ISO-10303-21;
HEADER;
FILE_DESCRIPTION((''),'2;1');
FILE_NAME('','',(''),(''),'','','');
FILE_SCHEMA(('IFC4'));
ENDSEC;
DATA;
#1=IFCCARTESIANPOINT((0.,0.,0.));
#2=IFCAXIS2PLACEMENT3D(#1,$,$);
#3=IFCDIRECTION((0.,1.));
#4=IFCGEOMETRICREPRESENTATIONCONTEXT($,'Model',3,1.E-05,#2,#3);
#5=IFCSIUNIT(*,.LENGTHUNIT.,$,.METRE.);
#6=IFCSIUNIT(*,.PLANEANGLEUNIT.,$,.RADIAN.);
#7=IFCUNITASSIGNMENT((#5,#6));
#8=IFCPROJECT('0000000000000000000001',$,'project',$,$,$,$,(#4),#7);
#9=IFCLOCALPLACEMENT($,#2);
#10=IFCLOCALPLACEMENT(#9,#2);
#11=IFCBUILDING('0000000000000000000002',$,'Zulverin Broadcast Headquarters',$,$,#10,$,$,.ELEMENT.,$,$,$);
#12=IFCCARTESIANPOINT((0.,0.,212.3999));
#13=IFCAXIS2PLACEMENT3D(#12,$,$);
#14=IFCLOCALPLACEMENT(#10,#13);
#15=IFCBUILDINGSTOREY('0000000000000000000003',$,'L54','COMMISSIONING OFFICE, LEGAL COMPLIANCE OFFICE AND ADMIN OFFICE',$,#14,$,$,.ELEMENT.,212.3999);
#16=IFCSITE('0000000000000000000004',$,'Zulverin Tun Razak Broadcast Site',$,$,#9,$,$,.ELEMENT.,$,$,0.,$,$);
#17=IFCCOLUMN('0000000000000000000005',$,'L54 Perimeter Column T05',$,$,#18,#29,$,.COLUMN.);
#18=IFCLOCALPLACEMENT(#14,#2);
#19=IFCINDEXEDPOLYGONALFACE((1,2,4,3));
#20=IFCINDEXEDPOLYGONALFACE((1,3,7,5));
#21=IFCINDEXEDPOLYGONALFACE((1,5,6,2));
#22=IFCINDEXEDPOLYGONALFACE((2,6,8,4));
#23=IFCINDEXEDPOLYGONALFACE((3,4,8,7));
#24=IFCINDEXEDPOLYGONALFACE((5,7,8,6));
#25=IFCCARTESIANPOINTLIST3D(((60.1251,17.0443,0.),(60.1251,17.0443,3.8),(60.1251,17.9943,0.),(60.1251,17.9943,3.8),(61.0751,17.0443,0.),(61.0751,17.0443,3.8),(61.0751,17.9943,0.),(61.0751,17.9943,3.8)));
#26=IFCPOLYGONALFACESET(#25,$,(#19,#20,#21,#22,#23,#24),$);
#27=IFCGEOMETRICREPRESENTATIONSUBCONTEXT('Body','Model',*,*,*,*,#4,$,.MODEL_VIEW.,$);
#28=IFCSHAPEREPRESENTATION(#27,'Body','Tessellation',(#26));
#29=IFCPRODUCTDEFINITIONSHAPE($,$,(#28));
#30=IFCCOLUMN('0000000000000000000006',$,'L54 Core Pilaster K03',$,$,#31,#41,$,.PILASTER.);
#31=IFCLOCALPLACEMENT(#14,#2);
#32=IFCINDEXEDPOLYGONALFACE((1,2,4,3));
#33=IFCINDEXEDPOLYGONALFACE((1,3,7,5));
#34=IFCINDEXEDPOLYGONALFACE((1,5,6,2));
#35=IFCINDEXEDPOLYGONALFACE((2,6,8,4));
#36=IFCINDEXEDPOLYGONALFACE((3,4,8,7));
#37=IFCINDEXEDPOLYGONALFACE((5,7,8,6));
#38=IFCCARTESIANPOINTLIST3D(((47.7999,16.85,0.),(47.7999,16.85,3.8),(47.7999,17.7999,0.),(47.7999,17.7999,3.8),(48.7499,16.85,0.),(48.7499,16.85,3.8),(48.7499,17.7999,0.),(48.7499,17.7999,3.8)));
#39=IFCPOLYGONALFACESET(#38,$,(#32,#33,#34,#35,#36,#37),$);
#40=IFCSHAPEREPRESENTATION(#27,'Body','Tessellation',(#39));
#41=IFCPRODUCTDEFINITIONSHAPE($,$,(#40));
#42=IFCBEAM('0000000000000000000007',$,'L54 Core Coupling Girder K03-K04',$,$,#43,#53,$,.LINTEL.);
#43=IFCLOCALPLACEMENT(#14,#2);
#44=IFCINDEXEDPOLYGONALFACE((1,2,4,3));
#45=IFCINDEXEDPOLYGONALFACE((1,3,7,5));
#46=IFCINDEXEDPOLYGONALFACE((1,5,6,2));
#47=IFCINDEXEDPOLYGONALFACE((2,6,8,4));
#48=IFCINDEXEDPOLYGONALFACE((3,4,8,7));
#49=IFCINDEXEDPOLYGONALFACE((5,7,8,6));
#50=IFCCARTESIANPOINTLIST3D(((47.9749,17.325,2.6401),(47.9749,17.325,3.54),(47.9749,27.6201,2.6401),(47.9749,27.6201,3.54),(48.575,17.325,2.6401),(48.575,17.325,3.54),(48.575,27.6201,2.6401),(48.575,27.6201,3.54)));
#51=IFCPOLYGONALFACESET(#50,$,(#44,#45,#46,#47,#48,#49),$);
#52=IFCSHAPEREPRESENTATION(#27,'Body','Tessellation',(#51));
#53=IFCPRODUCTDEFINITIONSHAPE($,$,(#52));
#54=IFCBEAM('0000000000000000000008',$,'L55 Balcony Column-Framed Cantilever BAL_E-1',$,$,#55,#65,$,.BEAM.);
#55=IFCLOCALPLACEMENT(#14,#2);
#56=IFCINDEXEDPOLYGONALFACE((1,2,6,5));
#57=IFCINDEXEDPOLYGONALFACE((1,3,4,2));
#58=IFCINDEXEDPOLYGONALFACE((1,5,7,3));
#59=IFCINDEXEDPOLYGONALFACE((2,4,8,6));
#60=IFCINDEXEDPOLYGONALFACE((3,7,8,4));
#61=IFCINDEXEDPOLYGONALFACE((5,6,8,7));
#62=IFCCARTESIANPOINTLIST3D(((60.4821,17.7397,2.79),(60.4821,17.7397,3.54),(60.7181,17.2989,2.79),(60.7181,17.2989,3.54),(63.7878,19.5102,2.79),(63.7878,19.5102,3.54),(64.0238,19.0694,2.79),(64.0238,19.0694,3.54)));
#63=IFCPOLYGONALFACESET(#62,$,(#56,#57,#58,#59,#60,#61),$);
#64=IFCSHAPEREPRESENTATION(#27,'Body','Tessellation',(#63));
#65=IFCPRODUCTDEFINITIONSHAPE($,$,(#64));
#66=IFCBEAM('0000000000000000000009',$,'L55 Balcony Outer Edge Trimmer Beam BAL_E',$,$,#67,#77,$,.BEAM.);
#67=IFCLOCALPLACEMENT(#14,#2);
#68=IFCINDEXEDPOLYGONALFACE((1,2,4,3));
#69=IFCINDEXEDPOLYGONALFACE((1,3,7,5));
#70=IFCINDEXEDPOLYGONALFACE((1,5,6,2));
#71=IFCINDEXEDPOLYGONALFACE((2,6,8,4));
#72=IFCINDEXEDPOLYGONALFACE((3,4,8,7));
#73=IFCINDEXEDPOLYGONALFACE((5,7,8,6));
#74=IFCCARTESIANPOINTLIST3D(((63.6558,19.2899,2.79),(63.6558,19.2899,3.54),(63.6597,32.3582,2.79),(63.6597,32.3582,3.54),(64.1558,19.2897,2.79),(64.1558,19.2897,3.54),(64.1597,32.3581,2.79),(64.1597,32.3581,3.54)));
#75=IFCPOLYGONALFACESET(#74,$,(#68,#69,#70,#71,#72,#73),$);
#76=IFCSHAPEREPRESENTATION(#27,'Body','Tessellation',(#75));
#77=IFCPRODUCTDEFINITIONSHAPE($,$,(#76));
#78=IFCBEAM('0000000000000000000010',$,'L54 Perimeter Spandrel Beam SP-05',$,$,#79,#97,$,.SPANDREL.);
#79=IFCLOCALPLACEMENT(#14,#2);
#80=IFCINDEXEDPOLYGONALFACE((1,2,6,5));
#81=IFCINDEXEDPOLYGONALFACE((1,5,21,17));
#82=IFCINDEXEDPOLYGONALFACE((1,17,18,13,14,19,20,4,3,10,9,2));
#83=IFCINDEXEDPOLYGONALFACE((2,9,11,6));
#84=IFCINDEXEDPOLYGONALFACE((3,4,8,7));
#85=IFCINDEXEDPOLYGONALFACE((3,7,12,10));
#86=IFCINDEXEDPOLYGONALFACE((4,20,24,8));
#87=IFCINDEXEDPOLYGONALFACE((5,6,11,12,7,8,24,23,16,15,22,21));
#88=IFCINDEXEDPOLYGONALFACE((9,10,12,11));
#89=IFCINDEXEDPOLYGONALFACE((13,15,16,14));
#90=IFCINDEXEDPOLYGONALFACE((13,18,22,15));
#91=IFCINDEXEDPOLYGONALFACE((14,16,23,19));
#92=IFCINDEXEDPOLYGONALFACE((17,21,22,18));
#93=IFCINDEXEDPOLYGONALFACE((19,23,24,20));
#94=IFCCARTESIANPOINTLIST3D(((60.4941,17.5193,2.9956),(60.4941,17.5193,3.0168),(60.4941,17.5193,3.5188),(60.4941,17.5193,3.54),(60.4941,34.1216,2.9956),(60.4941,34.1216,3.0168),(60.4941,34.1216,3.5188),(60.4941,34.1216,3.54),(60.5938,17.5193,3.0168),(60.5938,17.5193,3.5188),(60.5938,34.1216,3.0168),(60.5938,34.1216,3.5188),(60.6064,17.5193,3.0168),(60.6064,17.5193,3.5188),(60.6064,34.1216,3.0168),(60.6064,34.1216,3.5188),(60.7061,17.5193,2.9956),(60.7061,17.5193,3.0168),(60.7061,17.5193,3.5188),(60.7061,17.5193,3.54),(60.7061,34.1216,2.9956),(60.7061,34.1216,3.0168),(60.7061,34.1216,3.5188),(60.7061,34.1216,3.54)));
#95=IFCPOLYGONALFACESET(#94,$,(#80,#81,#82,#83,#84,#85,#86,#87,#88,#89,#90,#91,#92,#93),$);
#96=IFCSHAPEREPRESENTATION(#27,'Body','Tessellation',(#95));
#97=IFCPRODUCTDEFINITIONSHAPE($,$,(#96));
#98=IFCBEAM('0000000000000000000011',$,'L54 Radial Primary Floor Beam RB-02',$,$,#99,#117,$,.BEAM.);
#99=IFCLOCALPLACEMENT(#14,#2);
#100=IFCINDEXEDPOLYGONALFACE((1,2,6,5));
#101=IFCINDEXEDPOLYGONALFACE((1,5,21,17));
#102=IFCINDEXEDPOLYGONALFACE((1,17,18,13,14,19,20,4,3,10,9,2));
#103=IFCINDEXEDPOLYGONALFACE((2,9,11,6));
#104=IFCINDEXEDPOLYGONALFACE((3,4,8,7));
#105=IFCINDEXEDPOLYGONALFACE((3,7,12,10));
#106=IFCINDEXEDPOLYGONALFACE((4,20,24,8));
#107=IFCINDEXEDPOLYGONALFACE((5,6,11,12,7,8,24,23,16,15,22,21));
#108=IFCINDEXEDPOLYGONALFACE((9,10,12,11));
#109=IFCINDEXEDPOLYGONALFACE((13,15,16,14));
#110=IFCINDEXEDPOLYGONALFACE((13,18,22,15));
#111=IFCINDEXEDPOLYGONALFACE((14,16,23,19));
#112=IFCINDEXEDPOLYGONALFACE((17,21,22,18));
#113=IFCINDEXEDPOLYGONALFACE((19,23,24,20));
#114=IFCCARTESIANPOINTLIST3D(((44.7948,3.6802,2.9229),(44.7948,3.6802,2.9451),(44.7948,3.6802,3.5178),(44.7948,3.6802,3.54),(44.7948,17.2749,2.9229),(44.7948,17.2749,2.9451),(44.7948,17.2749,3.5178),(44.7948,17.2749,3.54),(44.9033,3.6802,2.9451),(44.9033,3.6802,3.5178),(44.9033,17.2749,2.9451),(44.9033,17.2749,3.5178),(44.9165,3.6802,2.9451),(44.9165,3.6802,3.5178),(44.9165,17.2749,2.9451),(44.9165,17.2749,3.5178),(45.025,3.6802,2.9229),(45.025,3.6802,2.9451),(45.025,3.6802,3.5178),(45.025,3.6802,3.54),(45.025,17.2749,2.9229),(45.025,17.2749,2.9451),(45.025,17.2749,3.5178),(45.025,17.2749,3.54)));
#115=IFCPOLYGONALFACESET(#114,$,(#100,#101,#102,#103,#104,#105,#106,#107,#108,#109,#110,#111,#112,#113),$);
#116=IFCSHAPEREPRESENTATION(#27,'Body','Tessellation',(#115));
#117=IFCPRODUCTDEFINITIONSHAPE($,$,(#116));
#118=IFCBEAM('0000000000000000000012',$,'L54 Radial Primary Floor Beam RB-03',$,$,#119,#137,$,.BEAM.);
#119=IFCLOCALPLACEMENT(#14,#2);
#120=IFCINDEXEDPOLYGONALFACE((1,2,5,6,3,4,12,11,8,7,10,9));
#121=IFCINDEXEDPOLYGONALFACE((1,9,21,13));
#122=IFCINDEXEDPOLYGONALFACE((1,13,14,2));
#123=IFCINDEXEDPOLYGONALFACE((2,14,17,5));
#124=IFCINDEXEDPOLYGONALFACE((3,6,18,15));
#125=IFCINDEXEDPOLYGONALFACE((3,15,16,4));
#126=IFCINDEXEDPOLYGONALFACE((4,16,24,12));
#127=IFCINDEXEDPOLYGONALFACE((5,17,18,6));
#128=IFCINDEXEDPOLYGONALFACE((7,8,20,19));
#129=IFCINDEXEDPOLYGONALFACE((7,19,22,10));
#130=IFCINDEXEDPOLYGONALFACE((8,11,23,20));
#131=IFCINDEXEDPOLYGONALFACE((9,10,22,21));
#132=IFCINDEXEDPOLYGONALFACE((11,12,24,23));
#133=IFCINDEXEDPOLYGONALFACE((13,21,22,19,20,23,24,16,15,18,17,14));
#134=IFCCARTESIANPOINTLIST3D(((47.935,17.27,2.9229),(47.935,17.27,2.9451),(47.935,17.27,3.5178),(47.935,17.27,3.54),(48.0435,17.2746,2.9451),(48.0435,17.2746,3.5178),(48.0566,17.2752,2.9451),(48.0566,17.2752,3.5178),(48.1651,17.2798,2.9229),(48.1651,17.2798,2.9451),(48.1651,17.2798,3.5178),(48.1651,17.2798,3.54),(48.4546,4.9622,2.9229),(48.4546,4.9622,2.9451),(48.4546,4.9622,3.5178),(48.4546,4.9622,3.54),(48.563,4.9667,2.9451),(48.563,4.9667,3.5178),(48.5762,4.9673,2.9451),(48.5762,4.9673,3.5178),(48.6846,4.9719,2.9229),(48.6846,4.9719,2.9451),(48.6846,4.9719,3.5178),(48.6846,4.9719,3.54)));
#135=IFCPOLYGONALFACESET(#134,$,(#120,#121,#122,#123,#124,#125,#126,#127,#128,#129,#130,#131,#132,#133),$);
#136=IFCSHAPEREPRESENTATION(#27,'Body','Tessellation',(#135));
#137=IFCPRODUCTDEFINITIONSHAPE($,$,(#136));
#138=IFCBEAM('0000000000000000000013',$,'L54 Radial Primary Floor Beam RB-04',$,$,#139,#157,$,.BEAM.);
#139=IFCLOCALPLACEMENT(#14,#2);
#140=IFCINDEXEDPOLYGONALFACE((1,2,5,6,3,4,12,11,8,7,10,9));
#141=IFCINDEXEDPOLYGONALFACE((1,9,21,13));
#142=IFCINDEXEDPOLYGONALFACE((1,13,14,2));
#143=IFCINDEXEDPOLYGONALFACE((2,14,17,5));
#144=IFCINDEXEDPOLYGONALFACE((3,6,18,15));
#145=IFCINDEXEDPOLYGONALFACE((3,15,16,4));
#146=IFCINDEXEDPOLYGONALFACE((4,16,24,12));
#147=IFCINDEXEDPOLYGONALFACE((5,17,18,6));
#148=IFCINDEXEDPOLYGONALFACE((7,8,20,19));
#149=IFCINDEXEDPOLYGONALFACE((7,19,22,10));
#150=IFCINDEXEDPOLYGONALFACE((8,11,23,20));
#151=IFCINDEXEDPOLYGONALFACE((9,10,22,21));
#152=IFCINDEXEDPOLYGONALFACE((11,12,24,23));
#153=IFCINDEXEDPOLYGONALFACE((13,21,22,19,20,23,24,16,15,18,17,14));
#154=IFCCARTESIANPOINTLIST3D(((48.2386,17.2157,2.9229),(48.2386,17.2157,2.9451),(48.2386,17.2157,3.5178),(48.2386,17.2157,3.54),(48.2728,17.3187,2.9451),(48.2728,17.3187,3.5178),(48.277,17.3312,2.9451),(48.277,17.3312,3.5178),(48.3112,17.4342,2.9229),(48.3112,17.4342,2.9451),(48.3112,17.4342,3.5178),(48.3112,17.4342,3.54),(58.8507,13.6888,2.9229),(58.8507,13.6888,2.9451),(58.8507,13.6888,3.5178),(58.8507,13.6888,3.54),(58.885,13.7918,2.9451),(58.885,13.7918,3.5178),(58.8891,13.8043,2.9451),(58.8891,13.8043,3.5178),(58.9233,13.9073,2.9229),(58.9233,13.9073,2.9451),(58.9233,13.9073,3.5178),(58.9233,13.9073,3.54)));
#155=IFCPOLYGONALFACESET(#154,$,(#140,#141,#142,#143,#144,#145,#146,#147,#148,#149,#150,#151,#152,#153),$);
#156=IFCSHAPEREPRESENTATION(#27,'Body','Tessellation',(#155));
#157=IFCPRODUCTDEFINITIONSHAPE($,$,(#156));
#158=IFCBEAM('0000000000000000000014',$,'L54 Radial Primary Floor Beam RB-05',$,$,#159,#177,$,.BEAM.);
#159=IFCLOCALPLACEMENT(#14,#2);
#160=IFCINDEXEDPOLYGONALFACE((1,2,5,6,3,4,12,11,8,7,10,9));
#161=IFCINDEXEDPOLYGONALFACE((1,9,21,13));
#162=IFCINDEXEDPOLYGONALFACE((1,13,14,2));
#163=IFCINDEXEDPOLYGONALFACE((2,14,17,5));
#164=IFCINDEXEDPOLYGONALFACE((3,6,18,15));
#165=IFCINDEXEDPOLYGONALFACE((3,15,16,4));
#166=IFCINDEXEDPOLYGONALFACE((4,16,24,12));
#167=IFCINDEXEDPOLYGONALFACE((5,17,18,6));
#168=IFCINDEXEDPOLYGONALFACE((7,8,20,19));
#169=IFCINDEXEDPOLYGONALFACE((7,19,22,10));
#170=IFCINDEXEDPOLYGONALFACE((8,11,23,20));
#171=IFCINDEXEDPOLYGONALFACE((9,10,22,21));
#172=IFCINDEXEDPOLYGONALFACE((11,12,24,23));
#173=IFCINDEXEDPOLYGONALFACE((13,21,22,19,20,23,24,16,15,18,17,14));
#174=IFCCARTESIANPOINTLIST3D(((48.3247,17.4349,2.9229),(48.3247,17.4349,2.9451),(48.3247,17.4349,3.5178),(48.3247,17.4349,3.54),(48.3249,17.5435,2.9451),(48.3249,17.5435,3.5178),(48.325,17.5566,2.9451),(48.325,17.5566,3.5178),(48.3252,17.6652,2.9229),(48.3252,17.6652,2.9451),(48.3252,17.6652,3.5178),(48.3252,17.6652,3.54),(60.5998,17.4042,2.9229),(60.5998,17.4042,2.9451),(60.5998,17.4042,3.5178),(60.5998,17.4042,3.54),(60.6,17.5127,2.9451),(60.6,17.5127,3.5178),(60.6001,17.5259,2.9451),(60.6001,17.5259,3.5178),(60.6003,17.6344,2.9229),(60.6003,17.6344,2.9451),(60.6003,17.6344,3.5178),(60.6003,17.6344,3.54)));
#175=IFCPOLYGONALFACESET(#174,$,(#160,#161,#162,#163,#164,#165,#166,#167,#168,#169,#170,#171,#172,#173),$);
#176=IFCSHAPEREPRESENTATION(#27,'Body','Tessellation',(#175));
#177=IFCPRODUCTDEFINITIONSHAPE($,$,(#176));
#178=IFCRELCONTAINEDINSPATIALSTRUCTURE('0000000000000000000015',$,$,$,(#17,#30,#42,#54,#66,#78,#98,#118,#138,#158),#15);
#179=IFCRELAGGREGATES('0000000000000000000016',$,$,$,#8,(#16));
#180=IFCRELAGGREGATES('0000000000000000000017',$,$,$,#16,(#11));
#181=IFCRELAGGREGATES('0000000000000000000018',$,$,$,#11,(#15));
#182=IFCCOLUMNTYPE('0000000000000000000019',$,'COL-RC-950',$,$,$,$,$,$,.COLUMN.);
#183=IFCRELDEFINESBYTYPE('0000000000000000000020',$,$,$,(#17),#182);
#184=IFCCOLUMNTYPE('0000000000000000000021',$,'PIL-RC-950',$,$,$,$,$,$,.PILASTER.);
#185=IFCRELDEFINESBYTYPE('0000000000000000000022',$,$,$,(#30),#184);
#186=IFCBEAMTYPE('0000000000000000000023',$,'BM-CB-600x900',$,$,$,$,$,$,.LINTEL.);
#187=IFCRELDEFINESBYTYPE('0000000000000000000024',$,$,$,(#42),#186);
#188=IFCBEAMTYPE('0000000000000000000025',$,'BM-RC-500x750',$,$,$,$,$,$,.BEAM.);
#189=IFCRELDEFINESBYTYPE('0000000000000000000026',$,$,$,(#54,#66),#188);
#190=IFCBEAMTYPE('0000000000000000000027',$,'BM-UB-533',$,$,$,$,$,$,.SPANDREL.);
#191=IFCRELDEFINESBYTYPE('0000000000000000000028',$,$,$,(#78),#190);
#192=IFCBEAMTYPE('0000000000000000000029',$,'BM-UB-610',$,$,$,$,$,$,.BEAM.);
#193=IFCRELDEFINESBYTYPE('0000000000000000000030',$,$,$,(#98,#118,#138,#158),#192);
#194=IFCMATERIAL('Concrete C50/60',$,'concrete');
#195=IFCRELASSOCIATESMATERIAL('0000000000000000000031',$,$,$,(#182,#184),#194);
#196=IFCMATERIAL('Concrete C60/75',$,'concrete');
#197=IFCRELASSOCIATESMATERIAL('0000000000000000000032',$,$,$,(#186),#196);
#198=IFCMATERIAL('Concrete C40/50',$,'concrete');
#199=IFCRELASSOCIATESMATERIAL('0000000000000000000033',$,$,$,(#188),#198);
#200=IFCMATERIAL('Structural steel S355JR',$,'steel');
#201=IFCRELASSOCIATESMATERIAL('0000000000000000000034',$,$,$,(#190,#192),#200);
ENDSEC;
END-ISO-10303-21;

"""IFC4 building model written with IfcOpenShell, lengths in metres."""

from ifc_helpers import new_model, si_unit, direction, frame, origin, origin_2d, place, context, subcontext, project, spatial, rectangle, i_section, extrude, material, material_profile, profile_set, type_object, element, save


model = new_model("IFC4")

# Units and contexts
model_context = context("Model", 3, precision=1e-05, world=origin(), true_north=direction((0.0, 1.0)))
body_context = subcontext(model_context, "Body", "Model", "MODEL_VIEW")
ifc_project = project(units=[si_unit("LENGTHUNIT", "METRE"), si_unit("PLANEANGLEUNIT", "RADIAN")], contexts=[model_context])

# Site, building, storey
site_placement = place(None, origin())
site = spatial("IfcSite", under=ifc_project, at=site_placement, Name="Zulverin Tun Razak Broadcast Site", CompositionType="ELEMENT", RefElevation=0.0)
building_placement = place(site_placement, origin())
building = spatial("IfcBuilding", under=site, at=building_placement, Name="Zulverin Broadcast Headquarters", CompositionType="ELEMENT")
storey_placement = place(building_placement, frame((0.0, 0.0, 212.3999)))
storey = spatial("IfcBuildingStorey", under=building, at=storey_placement, Name="L54", Description="COMMISSIONING OFFICE, LEGAL COMPLIANCE OFFICE AND ADMIN OFFICE", CompositionType="ELEMENT", Elevation=212.3999)

# Columns
ifc_material_1 = material(Name="Concrete C50/60", Category="concrete")
ifc_material_profile_1 = material_profile(ifc_material_1, rectangle(XDim=0.95, YDim=0.95, at=origin_2d()), Name="Concrete C50/60", Category="concrete")
ifc_profile_set_1 = profile_set([ifc_material_profile_1], Name="Concrete C50/60")
column_type_1 = type_object("IfcColumnType", Name="COL-RC-950", PredefinedType="COLUMN", material=ifc_profile_set_1)
column_1_placement = place(storey_placement, frame((60.6001, 17.5193, 0.0), z_axis=(0.0, 0.0, 1.0), x_axis=(1.0, 0.0, 0.0)))
element("IfcColumn", 1, at=column_1_placement, inside=storey, type_object=column_type_1, Name="L54 Perimeter Column T05", PredefinedType="COLUMN", context=body_context, shape_type="SweptSolid", body=[
    extrude(rectangle(XDim=0.95, YDim=0.95, at=origin_2d()), origin(), (0.0, 0.0, 1.0), 3.8),
])
ifc_material_profile_2 = material_profile(ifc_material_1, rectangle(XDim=0.95, YDim=0.95, at=origin_2d()), Name="Concrete C50/60", Category="concrete")
ifc_profile_set_2 = profile_set([ifc_material_profile_2], Name="Concrete C50/60")
column_type_2 = type_object("IfcColumnType", Name="PIL-RC-950", PredefinedType="PILASTER", material=ifc_profile_set_2)
column_2_placement = place(storey_placement, frame((48.2749, 17.325, 0.0), z_axis=(0.0, 0.0, 1.0), x_axis=(1.0, 0.0, 0.0)))
element("IfcColumn", 2, at=column_2_placement, inside=storey, type_object=column_type_2, Name="L54 Core Pilaster K03", PredefinedType="PILASTER", context=body_context, shape_type="SweptSolid", body=[
    extrude(rectangle(XDim=0.95, YDim=0.95, at=origin_2d()), origin(), (0.0, 0.0, 1.0), 3.8),
])

# Beams
ifc_material_2 = material(Name="Concrete C60/75", Category="concrete")
ifc_material_profile_3 = material_profile(ifc_material_2, rectangle(XDim=0.6001, YDim=0.8999, at=origin_2d()), Name="Concrete C60/75", Category="concrete")
ifc_profile_set_3 = profile_set([ifc_material_profile_3], Name="Concrete C60/75")
beam_type_1 = type_object("IfcBeamType", Name="BM-CB-600x900", PredefinedType="LINTEL", material=ifc_profile_set_3)
beam_1_placement = place(storey_placement, frame((48.2749, 17.325, 3.0901), z_axis=(0.0, 1.0, 0.0), x_axis=(-1.0, 0.0, 0.0)))
element("IfcBeam", 3, at=beam_1_placement, inside=storey, type_object=beam_type_1, Name="L54 Core Coupling Girder K03-K04", PredefinedType="LINTEL", context=body_context, shape_type="SweptSolid", body=[
    extrude(rectangle(XDim=0.6001, YDim=0.8999, at=origin_2d()), origin(), (0.0, 0.0, 1.0), 10.2952),
])
ifc_material_3 = material(Name="Concrete C40/50", Category="concrete")
ifc_material_profile_4 = material_profile(ifc_material_3, rectangle(XDim=0.5, YDim=0.75, at=origin_2d()), Name="Concrete C40/50", Category="concrete")
ifc_profile_set_4 = profile_set([ifc_material_profile_4], Name="Concrete C40/50")
beam_type_2 = type_object("IfcBeamType", Name="BM-RC-500x750", PredefinedType="BEAM", material=ifc_profile_set_4)
beam_2_placement = place(storey_placement, frame((60.6001, 17.5193, 3.165), z_axis=(0.881523, 0.472142, 0.0), x_axis=(-0.472142, 0.881523, 0.0)))
element("IfcBeam", 4, at=beam_2_placement, inside=storey, type_object=beam_type_2, Name="L55 Balcony Column-Framed Cantilever BAL_E-1", PredefinedType="BEAM", context=body_context, shape_type="SweptSolid", body=[
    extrude(rectangle(XDim=0.5, YDim=0.75, at=origin_2d()), origin(), (0.0, 0.0, 1.0), 3.75),
])
beam_3_placement = place(storey_placement, frame((63.9058, 19.2898, 3.165), z_axis=(0.000299, 1.0, 0.0), x_axis=(-1.0, 0.000299, 0.0)))
element("IfcBeam", 5, at=beam_3_placement, inside=storey, type_object=beam_type_2, Name="L55 Balcony Outer Edge Trimmer Beam BAL_E", PredefinedType="BEAM", context=body_context, shape_type="SweptSolid", body=[
    extrude(rectangle(XDim=0.5, YDim=0.75, at=origin_2d()), origin(), (0.0, 0.0, 1.0), 13.0684),
])
ifc_material_4 = material(Name="Structural steel S355JR", Category="steel")
ifc_material_profile_5 = material_profile(ifc_material_4, i_section(OverallWidth=0.2119, OverallDepth=0.5444, WebThickness=0.0127, FlangeThickness=0.0212, at=origin_2d()), Name="Structural steel S355JR", Category="steel")
ifc_profile_set_5 = profile_set([ifc_material_profile_5], Name="Structural steel S355JR")
beam_type_3 = type_object("IfcBeamType", Name="BM-UB-533", PredefinedType="SPANDREL", material=ifc_profile_set_5)
beam_4_placement = place(storey_placement, frame((60.6001, 17.5193, 3.2678), z_axis=(0.0, 1.0, 0.0), x_axis=(-1.0, 0.0, 0.0)))
element("IfcBeam", 6, at=beam_4_placement, inside=storey, type_object=beam_type_3, Name="L54 Perimeter Spandrel Beam SP-05", PredefinedType="SPANDREL", context=body_context, shape_type="SweptSolid", body=[
    extrude(i_section(OverallWidth=0.2119, OverallDepth=0.5444, WebThickness=0.0127, FlangeThickness=0.0212, at=origin_2d()), origin(), (0.0, 0.0, 1.0), 16.6023),
])
ifc_material_profile_6 = material_profile(ifc_material_4, i_section(OverallWidth=0.2302, OverallDepth=0.6172, WebThickness=0.0132, FlangeThickness=0.0222, at=origin_2d()), Name="Structural steel S355JR", Category="steel")
ifc_profile_set_6 = profile_set([ifc_material_profile_6], Name="Structural steel S355JR")
beam_type_4 = type_object("IfcBeamType", Name="BM-UB-610", PredefinedType="BEAM", material=ifc_profile_set_6)
beam_5_placement = place(storey_placement, frame((44.9099, 17.2749, 3.2314), z_axis=(0.0, -1.0, 0.0), x_axis=(1.0, 0.0, 0.0)))
element("IfcBeam", 7, at=beam_5_placement, inside=storey, type_object=beam_type_4, Name="L54 Radial Primary Floor Beam RB-02", PredefinedType="BEAM", context=body_context, shape_type="SweptSolid", body=[
    extrude(i_section(OverallWidth=0.2302, OverallDepth=0.6172, WebThickness=0.0132, FlangeThickness=0.0222, at=origin_2d()), origin(), (0.0, 0.0, 1.0), 13.5947),
])
beam_6_placement = place(storey_placement, frame((48.05, 17.2749, 3.2314), z_axis=(0.042174, -0.99911, 0.0), x_axis=(0.99911, 0.042174, 0.0)))
element("IfcBeam", 8, at=beam_6_placement, inside=storey, type_object=beam_type_4, Name="L54 Radial Primary Floor Beam RB-03", PredefinedType="BEAM", context=body_context, shape_type="SweptSolid", body=[
    extrude(i_section(OverallWidth=0.2302, OverallDepth=0.6172, WebThickness=0.0132, FlangeThickness=0.0222, at=origin_2d()), origin(), (0.0, 0.0, 1.0), 12.3188),
])
beam_7_placement = place(storey_placement, frame((48.2749, 17.325, 3.2314), z_axis=(0.948965, -0.315383, 0.0), x_axis=(0.315383, 0.948965, 0.0)))
element("IfcBeam", 9, at=beam_7_placement, inside=storey, type_object=beam_type_4, Name="L54 Radial Primary Floor Beam RB-04", PredefinedType="BEAM", context=body_context, shape_type="SweptSolid", body=[
    extrude(i_section(OverallWidth=0.2302, OverallDepth=0.6172, WebThickness=0.0132, FlangeThickness=0.0222, at=origin_2d()), origin(), (0.0, 0.0, 1.0), 11.1829),
])
beam_8_placement = place(storey_placement, frame((48.325, 17.55, 3.2314), z_axis=(0.999997, -0.002506, 0.0), x_axis=(0.002506, 0.999997, 0.0)))
element("IfcBeam", 10, at=beam_8_placement, inside=storey, type_object=beam_type_4, Name="L54 Radial Primary Floor Beam RB-05", PredefinedType="BEAM", context=body_context, shape_type="SweptSolid", body=[
    extrude(i_section(OverallWidth=0.2302, OverallDepth=0.6172, WebThickness=0.0132, FlangeThickness=0.0222, at=origin_2d()), origin(), (0.0, 0.0, 1.0), 12.2751),
])

save(model, "model.ifc")
